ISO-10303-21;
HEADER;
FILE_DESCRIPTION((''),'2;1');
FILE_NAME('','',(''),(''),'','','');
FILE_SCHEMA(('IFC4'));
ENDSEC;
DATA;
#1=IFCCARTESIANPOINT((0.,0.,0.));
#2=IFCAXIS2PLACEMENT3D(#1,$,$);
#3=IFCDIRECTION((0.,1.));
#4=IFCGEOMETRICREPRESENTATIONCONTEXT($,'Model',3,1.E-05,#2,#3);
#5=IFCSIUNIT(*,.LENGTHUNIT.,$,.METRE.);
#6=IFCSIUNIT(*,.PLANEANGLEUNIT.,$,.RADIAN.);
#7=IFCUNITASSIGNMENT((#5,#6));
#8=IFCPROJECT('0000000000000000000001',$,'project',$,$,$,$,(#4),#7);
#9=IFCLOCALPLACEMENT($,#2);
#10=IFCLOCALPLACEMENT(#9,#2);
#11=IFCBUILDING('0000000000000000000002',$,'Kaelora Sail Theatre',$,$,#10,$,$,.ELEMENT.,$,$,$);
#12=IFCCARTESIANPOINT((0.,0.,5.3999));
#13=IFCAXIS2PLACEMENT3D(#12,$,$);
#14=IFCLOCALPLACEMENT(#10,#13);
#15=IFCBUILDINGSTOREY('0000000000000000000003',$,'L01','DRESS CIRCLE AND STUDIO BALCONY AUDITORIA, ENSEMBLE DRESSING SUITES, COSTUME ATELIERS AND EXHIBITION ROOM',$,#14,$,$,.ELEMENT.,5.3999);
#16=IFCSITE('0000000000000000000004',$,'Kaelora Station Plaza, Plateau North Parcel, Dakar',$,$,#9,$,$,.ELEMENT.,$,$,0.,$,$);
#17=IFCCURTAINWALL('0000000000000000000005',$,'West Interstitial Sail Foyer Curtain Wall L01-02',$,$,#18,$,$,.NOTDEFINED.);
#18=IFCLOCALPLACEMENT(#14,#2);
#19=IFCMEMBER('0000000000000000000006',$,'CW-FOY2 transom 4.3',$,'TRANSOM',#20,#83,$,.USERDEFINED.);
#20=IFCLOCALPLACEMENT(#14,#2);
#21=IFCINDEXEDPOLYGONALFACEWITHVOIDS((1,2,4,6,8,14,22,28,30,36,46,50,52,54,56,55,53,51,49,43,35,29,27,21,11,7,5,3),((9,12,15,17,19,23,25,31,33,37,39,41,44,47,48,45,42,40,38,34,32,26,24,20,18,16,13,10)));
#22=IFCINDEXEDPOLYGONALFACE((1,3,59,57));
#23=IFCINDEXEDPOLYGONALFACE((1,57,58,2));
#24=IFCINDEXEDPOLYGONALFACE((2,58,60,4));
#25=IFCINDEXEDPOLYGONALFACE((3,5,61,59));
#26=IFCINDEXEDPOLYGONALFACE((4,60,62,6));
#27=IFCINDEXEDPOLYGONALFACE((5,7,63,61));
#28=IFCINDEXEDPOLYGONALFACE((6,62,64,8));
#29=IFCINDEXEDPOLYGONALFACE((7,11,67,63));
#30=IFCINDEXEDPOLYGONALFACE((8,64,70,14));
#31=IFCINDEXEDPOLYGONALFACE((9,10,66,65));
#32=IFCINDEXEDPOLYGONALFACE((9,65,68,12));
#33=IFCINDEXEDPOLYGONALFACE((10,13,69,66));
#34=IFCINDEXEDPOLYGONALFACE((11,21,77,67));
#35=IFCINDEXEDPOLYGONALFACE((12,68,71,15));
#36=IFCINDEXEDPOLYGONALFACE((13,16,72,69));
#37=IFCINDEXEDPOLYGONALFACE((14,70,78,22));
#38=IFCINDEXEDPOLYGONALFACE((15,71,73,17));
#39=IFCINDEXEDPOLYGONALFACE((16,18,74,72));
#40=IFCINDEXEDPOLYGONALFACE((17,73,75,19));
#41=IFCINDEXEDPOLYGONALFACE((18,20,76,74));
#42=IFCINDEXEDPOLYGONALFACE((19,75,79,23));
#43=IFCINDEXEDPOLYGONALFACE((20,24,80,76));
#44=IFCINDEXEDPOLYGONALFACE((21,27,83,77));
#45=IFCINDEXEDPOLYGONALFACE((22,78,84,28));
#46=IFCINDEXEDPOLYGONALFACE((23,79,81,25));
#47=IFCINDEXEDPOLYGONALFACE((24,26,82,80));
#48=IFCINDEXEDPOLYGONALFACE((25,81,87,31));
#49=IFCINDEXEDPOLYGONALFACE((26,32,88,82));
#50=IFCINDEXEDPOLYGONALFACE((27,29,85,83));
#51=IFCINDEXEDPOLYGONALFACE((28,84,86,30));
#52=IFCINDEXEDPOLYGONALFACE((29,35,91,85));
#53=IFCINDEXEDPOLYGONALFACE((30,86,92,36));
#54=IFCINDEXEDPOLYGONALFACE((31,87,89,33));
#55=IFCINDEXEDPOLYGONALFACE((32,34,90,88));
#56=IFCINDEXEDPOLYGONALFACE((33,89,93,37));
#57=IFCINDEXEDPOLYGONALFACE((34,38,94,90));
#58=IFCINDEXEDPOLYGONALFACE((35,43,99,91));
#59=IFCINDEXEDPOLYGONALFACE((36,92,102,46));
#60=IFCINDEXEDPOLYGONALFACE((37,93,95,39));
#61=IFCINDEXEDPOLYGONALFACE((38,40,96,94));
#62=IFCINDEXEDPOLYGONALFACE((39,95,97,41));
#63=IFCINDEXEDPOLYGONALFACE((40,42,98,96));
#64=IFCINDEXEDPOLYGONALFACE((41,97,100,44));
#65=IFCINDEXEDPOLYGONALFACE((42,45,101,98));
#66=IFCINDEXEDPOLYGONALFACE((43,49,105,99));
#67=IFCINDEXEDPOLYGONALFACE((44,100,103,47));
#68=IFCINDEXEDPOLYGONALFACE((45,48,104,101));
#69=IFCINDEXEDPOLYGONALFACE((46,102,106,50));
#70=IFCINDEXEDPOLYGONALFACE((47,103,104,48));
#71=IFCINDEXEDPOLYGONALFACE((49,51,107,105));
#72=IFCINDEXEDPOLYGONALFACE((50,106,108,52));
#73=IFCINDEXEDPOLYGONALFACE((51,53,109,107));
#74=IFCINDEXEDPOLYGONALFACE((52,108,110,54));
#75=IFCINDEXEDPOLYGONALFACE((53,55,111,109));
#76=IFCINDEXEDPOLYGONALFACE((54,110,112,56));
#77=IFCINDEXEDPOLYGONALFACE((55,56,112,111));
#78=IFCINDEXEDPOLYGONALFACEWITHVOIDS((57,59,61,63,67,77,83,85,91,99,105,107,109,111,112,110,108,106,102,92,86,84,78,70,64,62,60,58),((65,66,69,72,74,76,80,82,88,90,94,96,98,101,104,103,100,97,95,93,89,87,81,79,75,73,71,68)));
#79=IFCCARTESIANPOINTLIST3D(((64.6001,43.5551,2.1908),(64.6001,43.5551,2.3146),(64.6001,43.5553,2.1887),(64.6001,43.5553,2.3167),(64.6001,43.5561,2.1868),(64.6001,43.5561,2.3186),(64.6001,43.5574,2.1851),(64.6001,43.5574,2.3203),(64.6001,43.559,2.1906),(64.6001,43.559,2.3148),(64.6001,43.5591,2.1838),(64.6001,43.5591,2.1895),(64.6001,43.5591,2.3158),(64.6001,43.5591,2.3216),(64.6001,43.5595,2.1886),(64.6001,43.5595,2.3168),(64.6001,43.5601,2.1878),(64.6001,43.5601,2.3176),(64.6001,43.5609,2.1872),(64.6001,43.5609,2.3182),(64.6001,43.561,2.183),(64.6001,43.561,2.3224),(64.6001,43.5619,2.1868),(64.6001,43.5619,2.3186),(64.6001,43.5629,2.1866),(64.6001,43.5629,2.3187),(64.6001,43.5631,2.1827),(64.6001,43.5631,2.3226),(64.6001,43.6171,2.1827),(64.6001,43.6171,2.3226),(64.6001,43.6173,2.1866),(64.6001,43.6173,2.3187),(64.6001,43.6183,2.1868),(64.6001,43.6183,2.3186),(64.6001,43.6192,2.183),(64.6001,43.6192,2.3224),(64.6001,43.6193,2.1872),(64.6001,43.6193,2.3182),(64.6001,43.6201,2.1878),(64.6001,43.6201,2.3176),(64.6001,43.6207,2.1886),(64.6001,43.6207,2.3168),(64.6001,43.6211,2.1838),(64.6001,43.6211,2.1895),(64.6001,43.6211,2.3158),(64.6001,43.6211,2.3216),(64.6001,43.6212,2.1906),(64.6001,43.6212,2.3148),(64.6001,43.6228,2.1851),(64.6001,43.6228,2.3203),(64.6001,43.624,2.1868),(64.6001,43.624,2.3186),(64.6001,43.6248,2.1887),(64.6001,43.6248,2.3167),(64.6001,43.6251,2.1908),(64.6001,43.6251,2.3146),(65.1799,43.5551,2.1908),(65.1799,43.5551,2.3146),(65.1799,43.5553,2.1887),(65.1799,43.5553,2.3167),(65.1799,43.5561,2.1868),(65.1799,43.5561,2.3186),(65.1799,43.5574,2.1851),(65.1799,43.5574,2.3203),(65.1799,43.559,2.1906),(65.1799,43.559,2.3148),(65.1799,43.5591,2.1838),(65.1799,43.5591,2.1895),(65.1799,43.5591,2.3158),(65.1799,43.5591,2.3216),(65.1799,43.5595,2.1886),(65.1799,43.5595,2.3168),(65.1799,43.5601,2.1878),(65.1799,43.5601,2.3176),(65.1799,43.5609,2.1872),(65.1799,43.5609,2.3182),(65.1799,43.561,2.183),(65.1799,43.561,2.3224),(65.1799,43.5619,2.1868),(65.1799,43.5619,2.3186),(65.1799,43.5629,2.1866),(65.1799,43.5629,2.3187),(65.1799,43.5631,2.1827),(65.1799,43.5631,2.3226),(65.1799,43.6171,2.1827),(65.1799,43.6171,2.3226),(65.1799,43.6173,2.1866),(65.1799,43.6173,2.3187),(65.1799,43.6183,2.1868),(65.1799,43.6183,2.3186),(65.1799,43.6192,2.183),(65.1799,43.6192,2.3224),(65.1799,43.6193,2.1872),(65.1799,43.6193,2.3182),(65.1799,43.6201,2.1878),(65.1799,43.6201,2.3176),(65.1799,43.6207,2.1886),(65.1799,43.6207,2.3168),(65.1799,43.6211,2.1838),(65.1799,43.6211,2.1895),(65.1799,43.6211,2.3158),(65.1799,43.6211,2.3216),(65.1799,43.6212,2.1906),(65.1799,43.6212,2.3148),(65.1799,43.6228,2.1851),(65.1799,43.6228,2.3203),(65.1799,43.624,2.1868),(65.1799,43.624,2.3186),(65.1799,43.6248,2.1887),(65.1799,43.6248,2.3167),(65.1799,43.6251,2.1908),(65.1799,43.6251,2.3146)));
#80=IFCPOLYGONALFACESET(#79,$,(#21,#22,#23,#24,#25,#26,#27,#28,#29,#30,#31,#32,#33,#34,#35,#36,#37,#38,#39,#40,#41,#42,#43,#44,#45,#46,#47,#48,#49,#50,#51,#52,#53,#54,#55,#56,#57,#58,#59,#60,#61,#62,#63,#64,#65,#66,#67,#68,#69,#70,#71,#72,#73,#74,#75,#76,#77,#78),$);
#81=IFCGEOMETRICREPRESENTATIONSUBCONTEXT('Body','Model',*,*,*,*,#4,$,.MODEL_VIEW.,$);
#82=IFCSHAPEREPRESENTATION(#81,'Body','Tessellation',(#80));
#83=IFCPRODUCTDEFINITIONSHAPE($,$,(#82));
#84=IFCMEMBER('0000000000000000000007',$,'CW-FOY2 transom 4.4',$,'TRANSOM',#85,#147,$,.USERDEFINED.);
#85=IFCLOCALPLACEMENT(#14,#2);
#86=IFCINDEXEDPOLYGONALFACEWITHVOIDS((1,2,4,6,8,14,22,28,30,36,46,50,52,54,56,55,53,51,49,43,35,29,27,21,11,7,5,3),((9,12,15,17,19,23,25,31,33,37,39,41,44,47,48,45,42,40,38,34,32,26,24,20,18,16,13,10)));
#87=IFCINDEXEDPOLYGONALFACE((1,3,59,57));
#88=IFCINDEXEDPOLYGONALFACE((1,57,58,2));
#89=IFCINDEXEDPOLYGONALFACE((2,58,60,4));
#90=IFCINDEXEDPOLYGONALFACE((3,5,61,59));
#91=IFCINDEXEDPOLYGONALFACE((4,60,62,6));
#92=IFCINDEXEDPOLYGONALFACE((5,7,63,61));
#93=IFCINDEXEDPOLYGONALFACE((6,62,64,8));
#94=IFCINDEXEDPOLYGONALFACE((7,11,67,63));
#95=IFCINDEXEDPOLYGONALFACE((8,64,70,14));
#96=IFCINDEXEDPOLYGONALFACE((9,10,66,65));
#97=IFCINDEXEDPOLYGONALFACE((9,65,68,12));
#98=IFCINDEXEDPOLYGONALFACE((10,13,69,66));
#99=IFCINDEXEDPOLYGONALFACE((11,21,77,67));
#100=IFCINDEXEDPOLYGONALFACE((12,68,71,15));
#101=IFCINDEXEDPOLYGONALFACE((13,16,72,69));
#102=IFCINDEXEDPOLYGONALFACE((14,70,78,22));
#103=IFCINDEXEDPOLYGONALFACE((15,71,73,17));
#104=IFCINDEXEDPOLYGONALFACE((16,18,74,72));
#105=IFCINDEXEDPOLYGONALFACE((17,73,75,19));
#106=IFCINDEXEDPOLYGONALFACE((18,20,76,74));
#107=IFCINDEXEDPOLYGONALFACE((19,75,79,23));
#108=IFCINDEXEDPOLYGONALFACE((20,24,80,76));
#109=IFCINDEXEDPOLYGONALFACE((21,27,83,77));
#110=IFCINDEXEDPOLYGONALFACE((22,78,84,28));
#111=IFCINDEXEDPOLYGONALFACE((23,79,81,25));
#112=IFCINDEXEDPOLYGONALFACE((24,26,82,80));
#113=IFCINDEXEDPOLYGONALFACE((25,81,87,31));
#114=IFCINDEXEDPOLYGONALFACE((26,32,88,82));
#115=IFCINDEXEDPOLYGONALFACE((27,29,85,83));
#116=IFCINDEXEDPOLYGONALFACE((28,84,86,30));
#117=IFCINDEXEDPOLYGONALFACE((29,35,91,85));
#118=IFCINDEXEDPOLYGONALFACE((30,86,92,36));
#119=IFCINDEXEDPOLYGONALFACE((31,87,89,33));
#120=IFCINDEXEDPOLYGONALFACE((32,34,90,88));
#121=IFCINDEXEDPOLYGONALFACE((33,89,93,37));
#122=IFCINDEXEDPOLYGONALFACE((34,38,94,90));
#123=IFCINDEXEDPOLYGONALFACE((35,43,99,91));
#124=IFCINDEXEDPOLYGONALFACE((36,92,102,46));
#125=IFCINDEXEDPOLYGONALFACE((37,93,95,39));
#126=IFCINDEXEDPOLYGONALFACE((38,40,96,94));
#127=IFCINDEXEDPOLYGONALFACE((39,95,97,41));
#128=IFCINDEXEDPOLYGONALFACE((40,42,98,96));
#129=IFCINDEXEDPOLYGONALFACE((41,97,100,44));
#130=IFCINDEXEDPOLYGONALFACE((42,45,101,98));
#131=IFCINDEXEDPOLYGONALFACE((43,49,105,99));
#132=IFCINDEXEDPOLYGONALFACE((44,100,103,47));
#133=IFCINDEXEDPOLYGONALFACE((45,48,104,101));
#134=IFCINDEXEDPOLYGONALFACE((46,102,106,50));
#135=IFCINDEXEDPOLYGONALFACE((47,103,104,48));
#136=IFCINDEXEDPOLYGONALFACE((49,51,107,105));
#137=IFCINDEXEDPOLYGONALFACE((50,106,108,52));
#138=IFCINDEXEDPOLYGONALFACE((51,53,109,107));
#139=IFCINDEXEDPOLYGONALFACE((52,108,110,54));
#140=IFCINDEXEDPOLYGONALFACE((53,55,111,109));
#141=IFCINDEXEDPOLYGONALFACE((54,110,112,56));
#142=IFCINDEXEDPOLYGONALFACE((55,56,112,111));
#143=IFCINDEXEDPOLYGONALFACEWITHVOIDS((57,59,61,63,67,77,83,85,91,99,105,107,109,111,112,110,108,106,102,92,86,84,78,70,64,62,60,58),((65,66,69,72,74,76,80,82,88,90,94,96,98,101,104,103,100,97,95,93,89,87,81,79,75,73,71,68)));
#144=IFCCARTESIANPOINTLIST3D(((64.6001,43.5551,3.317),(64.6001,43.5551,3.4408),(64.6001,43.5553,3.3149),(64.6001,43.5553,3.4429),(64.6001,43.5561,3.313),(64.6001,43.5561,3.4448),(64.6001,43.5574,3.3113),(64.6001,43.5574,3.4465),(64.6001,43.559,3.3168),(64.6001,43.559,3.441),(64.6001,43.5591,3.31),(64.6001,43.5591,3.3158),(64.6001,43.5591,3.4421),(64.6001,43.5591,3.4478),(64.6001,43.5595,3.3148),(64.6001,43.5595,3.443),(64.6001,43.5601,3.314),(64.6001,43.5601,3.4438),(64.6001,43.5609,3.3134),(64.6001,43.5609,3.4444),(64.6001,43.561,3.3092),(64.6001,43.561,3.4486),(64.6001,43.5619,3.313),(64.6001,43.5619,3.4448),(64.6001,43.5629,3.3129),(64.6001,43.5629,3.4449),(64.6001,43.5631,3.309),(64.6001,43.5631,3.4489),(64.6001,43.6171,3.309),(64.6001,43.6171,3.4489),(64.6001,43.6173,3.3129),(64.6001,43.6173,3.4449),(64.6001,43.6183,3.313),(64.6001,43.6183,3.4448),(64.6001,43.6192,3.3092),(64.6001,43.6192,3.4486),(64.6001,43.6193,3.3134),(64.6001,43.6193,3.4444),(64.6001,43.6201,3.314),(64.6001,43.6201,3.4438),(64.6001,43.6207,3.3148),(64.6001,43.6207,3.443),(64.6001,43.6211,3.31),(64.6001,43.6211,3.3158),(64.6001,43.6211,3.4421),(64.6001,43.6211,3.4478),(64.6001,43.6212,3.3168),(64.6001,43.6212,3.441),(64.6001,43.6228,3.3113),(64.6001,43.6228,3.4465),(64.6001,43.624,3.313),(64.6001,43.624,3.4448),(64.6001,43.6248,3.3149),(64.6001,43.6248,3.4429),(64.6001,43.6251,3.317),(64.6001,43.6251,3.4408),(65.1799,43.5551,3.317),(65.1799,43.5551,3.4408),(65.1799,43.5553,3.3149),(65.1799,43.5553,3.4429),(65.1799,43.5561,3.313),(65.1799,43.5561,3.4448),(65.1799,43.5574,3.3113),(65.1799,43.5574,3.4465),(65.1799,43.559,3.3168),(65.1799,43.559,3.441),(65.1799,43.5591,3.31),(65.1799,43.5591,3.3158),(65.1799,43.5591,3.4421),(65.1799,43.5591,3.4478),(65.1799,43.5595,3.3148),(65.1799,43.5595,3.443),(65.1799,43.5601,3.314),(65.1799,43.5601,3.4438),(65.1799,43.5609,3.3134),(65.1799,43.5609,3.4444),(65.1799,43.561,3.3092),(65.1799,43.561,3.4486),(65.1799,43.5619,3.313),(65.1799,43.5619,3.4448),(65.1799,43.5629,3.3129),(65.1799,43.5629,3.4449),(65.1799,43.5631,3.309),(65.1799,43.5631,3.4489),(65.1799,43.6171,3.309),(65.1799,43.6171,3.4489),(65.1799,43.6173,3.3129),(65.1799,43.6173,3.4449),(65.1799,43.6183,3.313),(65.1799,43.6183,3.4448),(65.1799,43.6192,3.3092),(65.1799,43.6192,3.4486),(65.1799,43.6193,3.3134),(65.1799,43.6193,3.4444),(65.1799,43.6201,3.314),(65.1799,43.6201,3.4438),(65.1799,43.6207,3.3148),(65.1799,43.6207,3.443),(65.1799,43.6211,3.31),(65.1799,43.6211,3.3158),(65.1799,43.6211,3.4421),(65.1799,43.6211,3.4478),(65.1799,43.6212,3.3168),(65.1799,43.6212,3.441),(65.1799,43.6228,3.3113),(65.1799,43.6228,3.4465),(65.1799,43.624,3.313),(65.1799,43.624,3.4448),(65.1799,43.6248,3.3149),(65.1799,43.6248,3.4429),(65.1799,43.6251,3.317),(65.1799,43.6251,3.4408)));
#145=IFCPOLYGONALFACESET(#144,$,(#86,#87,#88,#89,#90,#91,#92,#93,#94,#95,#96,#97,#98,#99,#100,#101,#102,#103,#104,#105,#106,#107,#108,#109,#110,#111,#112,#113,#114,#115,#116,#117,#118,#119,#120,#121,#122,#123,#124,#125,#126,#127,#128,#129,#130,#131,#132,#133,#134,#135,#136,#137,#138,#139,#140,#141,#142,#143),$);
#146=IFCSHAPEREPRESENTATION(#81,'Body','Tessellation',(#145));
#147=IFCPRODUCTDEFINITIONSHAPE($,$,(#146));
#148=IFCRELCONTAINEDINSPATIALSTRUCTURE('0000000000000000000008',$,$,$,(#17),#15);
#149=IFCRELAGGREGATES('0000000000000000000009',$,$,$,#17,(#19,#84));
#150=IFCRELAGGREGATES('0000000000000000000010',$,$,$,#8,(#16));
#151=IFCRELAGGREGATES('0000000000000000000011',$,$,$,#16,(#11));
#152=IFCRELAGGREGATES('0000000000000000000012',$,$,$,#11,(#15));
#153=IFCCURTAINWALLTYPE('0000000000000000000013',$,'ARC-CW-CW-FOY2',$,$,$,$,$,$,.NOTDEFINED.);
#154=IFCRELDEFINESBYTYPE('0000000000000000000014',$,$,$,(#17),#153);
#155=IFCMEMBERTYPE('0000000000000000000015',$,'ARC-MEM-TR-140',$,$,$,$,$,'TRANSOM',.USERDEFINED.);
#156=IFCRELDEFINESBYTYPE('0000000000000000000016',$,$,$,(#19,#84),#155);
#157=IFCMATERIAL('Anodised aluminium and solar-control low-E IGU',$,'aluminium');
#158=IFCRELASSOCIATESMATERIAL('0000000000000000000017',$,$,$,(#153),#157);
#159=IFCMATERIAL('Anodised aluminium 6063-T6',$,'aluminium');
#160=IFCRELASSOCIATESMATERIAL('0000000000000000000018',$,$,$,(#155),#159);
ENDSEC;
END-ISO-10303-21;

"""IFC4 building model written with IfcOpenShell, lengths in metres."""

from ifc_helpers import new_model, si_unit, direction, frame, origin, origin_2d, place, context, subcontext, project, spatial, hollow_rectangle, extrude, material, material_profile, profile_set, type_object, element, aggregate, save


model = new_model("IFC4")

# Units and contexts
model_context = context("Model", 3, precision=1e-05, world=origin(), true_north=direction((0.0, 1.0)))
body_context = subcontext(model_context, "Body", "Model", "MODEL_VIEW")
ifc_project = project(units=[si_unit("LENGTHUNIT", "METRE"), si_unit("PLANEANGLEUNIT", "RADIAN")], contexts=[model_context])

# Site, building, storey
site_placement = place(None, origin())
site = spatial("IfcSite", under=ifc_project, at=site_placement, Name="Kaelora Station Plaza, Plateau North Parcel, Dakar", CompositionType="ELEMENT", RefElevation=0.0)
building_placement = place(site_placement, origin())
building = spatial("IfcBuilding", under=site, at=building_placement, Name="Kaelora Sail Theatre", CompositionType="ELEMENT")
storey_placement = place(building_placement, frame((0.0, 0.0, 5.3999)))
storey = spatial("IfcBuildingStorey", under=building, at=storey_placement, Name="L01", Description="DRESS CIRCLE AND STUDIO BALCONY AUDITORIA, ENSEMBLE DRESSING SUITES, COSTUME ATELIERS AND EXHIBITION ROOM", CompositionType="ELEMENT", Elevation=5.3999)

# Curtain wall, members
ifc_material_1 = material(Name="Anodised aluminium and solar-control low-E IGU", Category="aluminium")
curtain_wall_type = type_object("IfcCurtainWallType", Name="ARC-CW-CW-FOY2", PredefinedType="NOTDEFINED", material=ifc_material_1)
curtain_wall_1_placement = place(storey_placement, origin())
curtain_wall_1 = element("IfcCurtainWall", 1, at=curtain_wall_1_placement, inside=storey, type_object=curtain_wall_type, Name="West Interstitial Sail Foyer Curtain Wall L01-02", PredefinedType="NOTDEFINED")
ifc_material_2 = material(Name="Anodised aluminium 6063-T6", Category="aluminium")
ifc_material_profile = material_profile(ifc_material_2, hollow_rectangle(XDim=0.0701, YDim=0.1399, WallThickness=0.0039, InnerFilletRadius=0.0039, OuterFilletRadius=0.0081, at=origin_2d()), Name="ALU-TRAN 70x140x4")
ifc_profile_set = profile_set([ifc_material_profile], Name="Anodised aluminium 6063-T6")
member_type = type_object("IfcMemberType", Name="ARC-MEM-TR-140", ElementType="TRANSOM", PredefinedType="USERDEFINED", material=ifc_profile_set)
member_1_placement = place(storey_placement, frame((64.6001, 43.5901, 2.2527), z_axis=(1.0, 0.0, 0.0), x_axis=(0.0, 1.0, 0.0)))
member_1 = element("IfcMember", 2, at=member_1_placement, type_object=member_type, Name="CW-FOY2 transom 4.3", ObjectType="TRANSOM", PredefinedType="USERDEFINED", context=body_context, shape_type="SweptSolid", body=[
    extrude(hollow_rectangle(XDim=0.0701, YDim=0.1399, WallThickness=0.0039, InnerFilletRadius=0.0039, OuterFilletRadius=0.0081, at=origin_2d()), origin(), (0.0, 0.0, 1.0), 0.5798),
])
member_2_placement = place(storey_placement, frame((64.6001, 43.5901, 3.3789), z_axis=(1.0, 0.0, 0.0), x_axis=(0.0, 1.0, 0.0)))
member_2 = element("IfcMember", 3, at=member_2_placement, type_object=member_type, Name="CW-FOY2 transom 4.4", ObjectType="TRANSOM", PredefinedType="USERDEFINED", context=body_context, shape_type="SweptSolid", body=[
    extrude(hollow_rectangle(XDim=0.0701, YDim=0.1399, WallThickness=0.0039, InnerFilletRadius=0.0039, OuterFilletRadius=0.0081, at=origin_2d()), origin(), (0.0, 0.0, 1.0), 0.5798),
])

aggregate(curtain_wall_1, [member_1, member_2])

save(model, "model.ifc")
